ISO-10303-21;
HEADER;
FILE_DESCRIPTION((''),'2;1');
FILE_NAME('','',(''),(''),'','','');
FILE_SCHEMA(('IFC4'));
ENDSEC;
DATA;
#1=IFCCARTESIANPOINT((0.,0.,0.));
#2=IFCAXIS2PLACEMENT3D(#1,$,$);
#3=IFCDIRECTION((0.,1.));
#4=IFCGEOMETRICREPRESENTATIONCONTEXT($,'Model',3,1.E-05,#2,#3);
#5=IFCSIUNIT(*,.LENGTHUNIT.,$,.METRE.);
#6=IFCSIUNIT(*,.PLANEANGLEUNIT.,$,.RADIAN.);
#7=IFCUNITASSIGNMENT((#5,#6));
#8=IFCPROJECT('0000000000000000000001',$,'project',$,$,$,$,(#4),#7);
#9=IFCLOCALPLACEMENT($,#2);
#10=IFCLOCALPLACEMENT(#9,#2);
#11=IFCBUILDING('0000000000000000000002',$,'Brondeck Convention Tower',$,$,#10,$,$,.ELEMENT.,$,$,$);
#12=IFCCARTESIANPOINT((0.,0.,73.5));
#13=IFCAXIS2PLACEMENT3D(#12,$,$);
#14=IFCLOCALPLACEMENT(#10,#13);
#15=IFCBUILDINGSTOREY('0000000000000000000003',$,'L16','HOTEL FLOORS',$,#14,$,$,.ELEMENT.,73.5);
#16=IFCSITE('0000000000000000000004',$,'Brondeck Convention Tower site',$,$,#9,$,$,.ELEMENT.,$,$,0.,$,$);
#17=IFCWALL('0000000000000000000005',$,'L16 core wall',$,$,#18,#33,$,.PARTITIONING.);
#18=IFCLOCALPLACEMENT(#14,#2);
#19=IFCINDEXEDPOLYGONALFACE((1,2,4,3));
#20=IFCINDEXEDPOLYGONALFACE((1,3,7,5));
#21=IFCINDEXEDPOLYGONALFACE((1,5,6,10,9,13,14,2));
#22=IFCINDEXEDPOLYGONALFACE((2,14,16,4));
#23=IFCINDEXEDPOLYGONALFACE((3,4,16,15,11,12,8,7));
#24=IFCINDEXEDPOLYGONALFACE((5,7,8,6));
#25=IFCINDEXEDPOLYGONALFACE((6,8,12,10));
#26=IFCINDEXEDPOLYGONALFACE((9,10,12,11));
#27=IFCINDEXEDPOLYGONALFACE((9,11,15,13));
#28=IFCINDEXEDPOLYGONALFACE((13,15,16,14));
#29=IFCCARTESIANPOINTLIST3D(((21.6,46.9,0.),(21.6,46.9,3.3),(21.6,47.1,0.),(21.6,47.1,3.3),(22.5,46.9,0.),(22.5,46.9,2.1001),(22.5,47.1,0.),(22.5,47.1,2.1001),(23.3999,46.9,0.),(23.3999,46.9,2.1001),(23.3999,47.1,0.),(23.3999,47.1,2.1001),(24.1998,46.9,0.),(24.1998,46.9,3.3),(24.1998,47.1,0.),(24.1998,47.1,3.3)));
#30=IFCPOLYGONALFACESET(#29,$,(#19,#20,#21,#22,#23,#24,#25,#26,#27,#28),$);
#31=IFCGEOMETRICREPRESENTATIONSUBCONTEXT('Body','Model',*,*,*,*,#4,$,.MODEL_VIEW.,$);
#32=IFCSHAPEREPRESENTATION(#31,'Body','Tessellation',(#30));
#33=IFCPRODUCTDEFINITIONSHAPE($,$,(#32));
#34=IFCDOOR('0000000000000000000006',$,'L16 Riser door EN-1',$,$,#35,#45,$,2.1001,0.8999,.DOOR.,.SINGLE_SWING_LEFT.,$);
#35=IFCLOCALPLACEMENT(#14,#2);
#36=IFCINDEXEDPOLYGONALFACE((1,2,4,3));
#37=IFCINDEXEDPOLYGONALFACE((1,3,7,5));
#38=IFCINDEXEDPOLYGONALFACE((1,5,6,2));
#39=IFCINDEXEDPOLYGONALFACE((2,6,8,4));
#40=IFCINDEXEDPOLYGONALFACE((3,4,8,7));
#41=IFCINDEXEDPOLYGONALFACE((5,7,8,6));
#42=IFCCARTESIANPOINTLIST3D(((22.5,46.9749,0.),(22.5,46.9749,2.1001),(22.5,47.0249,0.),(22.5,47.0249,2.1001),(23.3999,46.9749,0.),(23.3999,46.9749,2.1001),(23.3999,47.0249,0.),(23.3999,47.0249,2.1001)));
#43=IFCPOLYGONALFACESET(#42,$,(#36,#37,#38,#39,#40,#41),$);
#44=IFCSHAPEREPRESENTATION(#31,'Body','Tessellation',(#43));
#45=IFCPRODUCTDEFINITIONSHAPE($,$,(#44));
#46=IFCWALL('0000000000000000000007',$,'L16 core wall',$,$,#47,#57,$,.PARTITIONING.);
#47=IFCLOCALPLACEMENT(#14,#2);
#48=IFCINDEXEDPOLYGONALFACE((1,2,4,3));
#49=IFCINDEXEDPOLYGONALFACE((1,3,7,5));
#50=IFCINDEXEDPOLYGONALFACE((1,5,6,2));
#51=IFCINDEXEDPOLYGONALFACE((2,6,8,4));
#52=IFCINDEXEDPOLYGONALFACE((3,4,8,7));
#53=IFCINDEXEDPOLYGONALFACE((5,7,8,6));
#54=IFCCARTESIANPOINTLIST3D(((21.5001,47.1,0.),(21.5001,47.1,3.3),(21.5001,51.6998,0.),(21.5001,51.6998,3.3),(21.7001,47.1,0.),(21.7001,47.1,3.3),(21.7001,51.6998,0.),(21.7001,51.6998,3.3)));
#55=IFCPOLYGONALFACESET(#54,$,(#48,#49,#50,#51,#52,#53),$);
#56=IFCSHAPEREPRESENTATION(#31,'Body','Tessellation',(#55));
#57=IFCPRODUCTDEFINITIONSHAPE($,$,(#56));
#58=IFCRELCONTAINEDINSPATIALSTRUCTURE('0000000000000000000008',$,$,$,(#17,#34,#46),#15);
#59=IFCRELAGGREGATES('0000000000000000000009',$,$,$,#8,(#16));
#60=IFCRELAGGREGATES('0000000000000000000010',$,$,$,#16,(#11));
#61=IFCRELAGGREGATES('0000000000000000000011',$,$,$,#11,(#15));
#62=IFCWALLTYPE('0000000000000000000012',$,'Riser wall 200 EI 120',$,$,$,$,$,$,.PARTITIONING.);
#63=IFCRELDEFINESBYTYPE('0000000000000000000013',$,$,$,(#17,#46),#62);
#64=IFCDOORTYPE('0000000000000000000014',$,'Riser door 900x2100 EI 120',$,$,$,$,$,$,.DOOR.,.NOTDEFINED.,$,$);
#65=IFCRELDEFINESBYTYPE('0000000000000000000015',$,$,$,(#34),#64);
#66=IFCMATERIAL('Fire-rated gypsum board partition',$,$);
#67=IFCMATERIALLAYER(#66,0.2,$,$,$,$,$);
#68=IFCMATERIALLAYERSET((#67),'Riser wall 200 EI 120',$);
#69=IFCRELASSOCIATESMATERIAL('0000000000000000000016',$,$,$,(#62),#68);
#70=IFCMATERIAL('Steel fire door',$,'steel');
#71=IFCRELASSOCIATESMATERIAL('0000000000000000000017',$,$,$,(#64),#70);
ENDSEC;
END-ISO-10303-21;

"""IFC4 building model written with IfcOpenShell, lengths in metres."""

from ifc_helpers import new_model, si_unit, direction, frame, frame_2d, origin, place, context, subcontext, project, spatial, rectangle, extrude, material, layer, layer_set, type_object, element, fill, save


model = new_model("IFC4")

# Units and contexts
model_context = context("Model", 3, precision=1e-05, world=origin(), true_north=direction((0.0, 1.0)))
body_context = subcontext(model_context, "Body", "Model", "MODEL_VIEW")
ifc_project = project(units=[si_unit("LENGTHUNIT", "METRE"), si_unit("PLANEANGLEUNIT", "RADIAN")], contexts=[model_context])

# Site, building, storey
site_placement = place(None, origin())
site = spatial("IfcSite", under=ifc_project, at=site_placement, Name="Brondeck Convention Tower site", CompositionType="ELEMENT", RefElevation=0.0)
building_placement = place(site_placement, origin())
building = spatial("IfcBuilding", under=site, at=building_placement, Name="Brondeck Convention Tower", CompositionType="ELEMENT")
storey_placement = place(building_placement, frame((0.0, 0.0, 73.5)))
storey = spatial("IfcBuildingStorey", under=building, at=storey_placement, Name="L16", Description="HOTEL FLOORS", CompositionType="ELEMENT", Elevation=73.5)

# Shared definitions
ifc_material_1 = material(Name="Fire-rated gypsum board partition")

# Shared definitions
ifc_material_2 = material(Name="Steel fire door", Category="steel")

# Wall, opening, door
ifc_layer_1 = layer(ifc_material_1, 0.2)
ifc_layer_set_1 = layer_set([ifc_layer_1], Name="Riser wall 200 EI 120")
wall_type_1 = type_object("IfcWallType", Name="Riser wall 200 EI 120", PredefinedType="PARTITIONING", material=ifc_layer_set_1)
wall_1_placement = place(storey_placement, frame((21.6001, 47.0, 0.0), z_axis=(0.0, 0.0, 1.0), x_axis=(1.0, 0.0, 0.0)))
wall_1 = element("IfcWall", 1, at=wall_1_placement, inside=storey, type_object=wall_type_1, Name="L16 core wall", PredefinedType="PARTITIONING", context=body_context, shape_type="SweptSolid", body=[
    extrude(rectangle(XDim=2.5999, YDim=0.2, at=frame_2d((1.2998, 0.0))), origin(), (0.0, 0.0, 1.0), 3.3),
])
opening_1_placement = place(wall_1_placement, frame((0.8999, 0.0, 0.0)))
opening_1 = element("IfcOpeningElement", 2, at=opening_1_placement, cuts=wall_1, PredefinedType="OPENING", context=body_context, shape_type="SweptSolid", body=[
    extrude(rectangle(XDim=0.8999, YDim=2.1001, at=frame_2d((0.45, 1.05))), frame((0.0, 0.1099, 0.0), z_axis=(0.0, -1.0, 0.0), x_axis=(1.0, 0.0, 0.0)), (0.0, 0.0, 1.0), 0.22),
])
door_type_1 = type_object("IfcDoorType", Name="Riser door 900x2100 EI 120", OperationType="NOTDEFINED", PredefinedType="DOOR", material=ifc_material_2)
door_1_placement = place(opening_1_placement, origin())
door_1 = element("IfcDoor", 3, at=door_1_placement, inside=storey, type_object=door_type_1, Name="L16 Riser door EN-1", OperationType="SINGLE_SWING_LEFT", OverallHeight=2.1001, OverallWidth=0.8999, PredefinedType="DOOR", context=body_context, shape_type="SweptSolid", body=[
    extrude(rectangle(XDim=0.8999, YDim=2.1001, at=frame_2d((0.45, 1.05))), frame((0.0, 0.0249, 0.0), z_axis=(0.0, -1.0, 0.0), x_axis=(1.0, 0.0, 0.0)), (0.0, 0.0, 1.0), 0.05),
])
fill(opening_1, door_1)

# Wall
wall_2_placement = place(storey_placement, frame((21.6001, 47.1001, 0.0), z_axis=(0.0, 0.0, 1.0), x_axis=(0.0, 1.0, 0.0)))
element("IfcWall", 4, at=wall_2_placement, inside=storey, type_object=wall_type_1, Name="L16 core wall", PredefinedType="PARTITIONING", context=body_context, shape_type="SweptSolid", body=[
    extrude(rectangle(XDim=4.5999, YDim=0.2, at=frame_2d((2.2998, 0.0))), origin(), (0.0, 0.0, 1.0), 3.3),
])

save(model, "model.ifc")
